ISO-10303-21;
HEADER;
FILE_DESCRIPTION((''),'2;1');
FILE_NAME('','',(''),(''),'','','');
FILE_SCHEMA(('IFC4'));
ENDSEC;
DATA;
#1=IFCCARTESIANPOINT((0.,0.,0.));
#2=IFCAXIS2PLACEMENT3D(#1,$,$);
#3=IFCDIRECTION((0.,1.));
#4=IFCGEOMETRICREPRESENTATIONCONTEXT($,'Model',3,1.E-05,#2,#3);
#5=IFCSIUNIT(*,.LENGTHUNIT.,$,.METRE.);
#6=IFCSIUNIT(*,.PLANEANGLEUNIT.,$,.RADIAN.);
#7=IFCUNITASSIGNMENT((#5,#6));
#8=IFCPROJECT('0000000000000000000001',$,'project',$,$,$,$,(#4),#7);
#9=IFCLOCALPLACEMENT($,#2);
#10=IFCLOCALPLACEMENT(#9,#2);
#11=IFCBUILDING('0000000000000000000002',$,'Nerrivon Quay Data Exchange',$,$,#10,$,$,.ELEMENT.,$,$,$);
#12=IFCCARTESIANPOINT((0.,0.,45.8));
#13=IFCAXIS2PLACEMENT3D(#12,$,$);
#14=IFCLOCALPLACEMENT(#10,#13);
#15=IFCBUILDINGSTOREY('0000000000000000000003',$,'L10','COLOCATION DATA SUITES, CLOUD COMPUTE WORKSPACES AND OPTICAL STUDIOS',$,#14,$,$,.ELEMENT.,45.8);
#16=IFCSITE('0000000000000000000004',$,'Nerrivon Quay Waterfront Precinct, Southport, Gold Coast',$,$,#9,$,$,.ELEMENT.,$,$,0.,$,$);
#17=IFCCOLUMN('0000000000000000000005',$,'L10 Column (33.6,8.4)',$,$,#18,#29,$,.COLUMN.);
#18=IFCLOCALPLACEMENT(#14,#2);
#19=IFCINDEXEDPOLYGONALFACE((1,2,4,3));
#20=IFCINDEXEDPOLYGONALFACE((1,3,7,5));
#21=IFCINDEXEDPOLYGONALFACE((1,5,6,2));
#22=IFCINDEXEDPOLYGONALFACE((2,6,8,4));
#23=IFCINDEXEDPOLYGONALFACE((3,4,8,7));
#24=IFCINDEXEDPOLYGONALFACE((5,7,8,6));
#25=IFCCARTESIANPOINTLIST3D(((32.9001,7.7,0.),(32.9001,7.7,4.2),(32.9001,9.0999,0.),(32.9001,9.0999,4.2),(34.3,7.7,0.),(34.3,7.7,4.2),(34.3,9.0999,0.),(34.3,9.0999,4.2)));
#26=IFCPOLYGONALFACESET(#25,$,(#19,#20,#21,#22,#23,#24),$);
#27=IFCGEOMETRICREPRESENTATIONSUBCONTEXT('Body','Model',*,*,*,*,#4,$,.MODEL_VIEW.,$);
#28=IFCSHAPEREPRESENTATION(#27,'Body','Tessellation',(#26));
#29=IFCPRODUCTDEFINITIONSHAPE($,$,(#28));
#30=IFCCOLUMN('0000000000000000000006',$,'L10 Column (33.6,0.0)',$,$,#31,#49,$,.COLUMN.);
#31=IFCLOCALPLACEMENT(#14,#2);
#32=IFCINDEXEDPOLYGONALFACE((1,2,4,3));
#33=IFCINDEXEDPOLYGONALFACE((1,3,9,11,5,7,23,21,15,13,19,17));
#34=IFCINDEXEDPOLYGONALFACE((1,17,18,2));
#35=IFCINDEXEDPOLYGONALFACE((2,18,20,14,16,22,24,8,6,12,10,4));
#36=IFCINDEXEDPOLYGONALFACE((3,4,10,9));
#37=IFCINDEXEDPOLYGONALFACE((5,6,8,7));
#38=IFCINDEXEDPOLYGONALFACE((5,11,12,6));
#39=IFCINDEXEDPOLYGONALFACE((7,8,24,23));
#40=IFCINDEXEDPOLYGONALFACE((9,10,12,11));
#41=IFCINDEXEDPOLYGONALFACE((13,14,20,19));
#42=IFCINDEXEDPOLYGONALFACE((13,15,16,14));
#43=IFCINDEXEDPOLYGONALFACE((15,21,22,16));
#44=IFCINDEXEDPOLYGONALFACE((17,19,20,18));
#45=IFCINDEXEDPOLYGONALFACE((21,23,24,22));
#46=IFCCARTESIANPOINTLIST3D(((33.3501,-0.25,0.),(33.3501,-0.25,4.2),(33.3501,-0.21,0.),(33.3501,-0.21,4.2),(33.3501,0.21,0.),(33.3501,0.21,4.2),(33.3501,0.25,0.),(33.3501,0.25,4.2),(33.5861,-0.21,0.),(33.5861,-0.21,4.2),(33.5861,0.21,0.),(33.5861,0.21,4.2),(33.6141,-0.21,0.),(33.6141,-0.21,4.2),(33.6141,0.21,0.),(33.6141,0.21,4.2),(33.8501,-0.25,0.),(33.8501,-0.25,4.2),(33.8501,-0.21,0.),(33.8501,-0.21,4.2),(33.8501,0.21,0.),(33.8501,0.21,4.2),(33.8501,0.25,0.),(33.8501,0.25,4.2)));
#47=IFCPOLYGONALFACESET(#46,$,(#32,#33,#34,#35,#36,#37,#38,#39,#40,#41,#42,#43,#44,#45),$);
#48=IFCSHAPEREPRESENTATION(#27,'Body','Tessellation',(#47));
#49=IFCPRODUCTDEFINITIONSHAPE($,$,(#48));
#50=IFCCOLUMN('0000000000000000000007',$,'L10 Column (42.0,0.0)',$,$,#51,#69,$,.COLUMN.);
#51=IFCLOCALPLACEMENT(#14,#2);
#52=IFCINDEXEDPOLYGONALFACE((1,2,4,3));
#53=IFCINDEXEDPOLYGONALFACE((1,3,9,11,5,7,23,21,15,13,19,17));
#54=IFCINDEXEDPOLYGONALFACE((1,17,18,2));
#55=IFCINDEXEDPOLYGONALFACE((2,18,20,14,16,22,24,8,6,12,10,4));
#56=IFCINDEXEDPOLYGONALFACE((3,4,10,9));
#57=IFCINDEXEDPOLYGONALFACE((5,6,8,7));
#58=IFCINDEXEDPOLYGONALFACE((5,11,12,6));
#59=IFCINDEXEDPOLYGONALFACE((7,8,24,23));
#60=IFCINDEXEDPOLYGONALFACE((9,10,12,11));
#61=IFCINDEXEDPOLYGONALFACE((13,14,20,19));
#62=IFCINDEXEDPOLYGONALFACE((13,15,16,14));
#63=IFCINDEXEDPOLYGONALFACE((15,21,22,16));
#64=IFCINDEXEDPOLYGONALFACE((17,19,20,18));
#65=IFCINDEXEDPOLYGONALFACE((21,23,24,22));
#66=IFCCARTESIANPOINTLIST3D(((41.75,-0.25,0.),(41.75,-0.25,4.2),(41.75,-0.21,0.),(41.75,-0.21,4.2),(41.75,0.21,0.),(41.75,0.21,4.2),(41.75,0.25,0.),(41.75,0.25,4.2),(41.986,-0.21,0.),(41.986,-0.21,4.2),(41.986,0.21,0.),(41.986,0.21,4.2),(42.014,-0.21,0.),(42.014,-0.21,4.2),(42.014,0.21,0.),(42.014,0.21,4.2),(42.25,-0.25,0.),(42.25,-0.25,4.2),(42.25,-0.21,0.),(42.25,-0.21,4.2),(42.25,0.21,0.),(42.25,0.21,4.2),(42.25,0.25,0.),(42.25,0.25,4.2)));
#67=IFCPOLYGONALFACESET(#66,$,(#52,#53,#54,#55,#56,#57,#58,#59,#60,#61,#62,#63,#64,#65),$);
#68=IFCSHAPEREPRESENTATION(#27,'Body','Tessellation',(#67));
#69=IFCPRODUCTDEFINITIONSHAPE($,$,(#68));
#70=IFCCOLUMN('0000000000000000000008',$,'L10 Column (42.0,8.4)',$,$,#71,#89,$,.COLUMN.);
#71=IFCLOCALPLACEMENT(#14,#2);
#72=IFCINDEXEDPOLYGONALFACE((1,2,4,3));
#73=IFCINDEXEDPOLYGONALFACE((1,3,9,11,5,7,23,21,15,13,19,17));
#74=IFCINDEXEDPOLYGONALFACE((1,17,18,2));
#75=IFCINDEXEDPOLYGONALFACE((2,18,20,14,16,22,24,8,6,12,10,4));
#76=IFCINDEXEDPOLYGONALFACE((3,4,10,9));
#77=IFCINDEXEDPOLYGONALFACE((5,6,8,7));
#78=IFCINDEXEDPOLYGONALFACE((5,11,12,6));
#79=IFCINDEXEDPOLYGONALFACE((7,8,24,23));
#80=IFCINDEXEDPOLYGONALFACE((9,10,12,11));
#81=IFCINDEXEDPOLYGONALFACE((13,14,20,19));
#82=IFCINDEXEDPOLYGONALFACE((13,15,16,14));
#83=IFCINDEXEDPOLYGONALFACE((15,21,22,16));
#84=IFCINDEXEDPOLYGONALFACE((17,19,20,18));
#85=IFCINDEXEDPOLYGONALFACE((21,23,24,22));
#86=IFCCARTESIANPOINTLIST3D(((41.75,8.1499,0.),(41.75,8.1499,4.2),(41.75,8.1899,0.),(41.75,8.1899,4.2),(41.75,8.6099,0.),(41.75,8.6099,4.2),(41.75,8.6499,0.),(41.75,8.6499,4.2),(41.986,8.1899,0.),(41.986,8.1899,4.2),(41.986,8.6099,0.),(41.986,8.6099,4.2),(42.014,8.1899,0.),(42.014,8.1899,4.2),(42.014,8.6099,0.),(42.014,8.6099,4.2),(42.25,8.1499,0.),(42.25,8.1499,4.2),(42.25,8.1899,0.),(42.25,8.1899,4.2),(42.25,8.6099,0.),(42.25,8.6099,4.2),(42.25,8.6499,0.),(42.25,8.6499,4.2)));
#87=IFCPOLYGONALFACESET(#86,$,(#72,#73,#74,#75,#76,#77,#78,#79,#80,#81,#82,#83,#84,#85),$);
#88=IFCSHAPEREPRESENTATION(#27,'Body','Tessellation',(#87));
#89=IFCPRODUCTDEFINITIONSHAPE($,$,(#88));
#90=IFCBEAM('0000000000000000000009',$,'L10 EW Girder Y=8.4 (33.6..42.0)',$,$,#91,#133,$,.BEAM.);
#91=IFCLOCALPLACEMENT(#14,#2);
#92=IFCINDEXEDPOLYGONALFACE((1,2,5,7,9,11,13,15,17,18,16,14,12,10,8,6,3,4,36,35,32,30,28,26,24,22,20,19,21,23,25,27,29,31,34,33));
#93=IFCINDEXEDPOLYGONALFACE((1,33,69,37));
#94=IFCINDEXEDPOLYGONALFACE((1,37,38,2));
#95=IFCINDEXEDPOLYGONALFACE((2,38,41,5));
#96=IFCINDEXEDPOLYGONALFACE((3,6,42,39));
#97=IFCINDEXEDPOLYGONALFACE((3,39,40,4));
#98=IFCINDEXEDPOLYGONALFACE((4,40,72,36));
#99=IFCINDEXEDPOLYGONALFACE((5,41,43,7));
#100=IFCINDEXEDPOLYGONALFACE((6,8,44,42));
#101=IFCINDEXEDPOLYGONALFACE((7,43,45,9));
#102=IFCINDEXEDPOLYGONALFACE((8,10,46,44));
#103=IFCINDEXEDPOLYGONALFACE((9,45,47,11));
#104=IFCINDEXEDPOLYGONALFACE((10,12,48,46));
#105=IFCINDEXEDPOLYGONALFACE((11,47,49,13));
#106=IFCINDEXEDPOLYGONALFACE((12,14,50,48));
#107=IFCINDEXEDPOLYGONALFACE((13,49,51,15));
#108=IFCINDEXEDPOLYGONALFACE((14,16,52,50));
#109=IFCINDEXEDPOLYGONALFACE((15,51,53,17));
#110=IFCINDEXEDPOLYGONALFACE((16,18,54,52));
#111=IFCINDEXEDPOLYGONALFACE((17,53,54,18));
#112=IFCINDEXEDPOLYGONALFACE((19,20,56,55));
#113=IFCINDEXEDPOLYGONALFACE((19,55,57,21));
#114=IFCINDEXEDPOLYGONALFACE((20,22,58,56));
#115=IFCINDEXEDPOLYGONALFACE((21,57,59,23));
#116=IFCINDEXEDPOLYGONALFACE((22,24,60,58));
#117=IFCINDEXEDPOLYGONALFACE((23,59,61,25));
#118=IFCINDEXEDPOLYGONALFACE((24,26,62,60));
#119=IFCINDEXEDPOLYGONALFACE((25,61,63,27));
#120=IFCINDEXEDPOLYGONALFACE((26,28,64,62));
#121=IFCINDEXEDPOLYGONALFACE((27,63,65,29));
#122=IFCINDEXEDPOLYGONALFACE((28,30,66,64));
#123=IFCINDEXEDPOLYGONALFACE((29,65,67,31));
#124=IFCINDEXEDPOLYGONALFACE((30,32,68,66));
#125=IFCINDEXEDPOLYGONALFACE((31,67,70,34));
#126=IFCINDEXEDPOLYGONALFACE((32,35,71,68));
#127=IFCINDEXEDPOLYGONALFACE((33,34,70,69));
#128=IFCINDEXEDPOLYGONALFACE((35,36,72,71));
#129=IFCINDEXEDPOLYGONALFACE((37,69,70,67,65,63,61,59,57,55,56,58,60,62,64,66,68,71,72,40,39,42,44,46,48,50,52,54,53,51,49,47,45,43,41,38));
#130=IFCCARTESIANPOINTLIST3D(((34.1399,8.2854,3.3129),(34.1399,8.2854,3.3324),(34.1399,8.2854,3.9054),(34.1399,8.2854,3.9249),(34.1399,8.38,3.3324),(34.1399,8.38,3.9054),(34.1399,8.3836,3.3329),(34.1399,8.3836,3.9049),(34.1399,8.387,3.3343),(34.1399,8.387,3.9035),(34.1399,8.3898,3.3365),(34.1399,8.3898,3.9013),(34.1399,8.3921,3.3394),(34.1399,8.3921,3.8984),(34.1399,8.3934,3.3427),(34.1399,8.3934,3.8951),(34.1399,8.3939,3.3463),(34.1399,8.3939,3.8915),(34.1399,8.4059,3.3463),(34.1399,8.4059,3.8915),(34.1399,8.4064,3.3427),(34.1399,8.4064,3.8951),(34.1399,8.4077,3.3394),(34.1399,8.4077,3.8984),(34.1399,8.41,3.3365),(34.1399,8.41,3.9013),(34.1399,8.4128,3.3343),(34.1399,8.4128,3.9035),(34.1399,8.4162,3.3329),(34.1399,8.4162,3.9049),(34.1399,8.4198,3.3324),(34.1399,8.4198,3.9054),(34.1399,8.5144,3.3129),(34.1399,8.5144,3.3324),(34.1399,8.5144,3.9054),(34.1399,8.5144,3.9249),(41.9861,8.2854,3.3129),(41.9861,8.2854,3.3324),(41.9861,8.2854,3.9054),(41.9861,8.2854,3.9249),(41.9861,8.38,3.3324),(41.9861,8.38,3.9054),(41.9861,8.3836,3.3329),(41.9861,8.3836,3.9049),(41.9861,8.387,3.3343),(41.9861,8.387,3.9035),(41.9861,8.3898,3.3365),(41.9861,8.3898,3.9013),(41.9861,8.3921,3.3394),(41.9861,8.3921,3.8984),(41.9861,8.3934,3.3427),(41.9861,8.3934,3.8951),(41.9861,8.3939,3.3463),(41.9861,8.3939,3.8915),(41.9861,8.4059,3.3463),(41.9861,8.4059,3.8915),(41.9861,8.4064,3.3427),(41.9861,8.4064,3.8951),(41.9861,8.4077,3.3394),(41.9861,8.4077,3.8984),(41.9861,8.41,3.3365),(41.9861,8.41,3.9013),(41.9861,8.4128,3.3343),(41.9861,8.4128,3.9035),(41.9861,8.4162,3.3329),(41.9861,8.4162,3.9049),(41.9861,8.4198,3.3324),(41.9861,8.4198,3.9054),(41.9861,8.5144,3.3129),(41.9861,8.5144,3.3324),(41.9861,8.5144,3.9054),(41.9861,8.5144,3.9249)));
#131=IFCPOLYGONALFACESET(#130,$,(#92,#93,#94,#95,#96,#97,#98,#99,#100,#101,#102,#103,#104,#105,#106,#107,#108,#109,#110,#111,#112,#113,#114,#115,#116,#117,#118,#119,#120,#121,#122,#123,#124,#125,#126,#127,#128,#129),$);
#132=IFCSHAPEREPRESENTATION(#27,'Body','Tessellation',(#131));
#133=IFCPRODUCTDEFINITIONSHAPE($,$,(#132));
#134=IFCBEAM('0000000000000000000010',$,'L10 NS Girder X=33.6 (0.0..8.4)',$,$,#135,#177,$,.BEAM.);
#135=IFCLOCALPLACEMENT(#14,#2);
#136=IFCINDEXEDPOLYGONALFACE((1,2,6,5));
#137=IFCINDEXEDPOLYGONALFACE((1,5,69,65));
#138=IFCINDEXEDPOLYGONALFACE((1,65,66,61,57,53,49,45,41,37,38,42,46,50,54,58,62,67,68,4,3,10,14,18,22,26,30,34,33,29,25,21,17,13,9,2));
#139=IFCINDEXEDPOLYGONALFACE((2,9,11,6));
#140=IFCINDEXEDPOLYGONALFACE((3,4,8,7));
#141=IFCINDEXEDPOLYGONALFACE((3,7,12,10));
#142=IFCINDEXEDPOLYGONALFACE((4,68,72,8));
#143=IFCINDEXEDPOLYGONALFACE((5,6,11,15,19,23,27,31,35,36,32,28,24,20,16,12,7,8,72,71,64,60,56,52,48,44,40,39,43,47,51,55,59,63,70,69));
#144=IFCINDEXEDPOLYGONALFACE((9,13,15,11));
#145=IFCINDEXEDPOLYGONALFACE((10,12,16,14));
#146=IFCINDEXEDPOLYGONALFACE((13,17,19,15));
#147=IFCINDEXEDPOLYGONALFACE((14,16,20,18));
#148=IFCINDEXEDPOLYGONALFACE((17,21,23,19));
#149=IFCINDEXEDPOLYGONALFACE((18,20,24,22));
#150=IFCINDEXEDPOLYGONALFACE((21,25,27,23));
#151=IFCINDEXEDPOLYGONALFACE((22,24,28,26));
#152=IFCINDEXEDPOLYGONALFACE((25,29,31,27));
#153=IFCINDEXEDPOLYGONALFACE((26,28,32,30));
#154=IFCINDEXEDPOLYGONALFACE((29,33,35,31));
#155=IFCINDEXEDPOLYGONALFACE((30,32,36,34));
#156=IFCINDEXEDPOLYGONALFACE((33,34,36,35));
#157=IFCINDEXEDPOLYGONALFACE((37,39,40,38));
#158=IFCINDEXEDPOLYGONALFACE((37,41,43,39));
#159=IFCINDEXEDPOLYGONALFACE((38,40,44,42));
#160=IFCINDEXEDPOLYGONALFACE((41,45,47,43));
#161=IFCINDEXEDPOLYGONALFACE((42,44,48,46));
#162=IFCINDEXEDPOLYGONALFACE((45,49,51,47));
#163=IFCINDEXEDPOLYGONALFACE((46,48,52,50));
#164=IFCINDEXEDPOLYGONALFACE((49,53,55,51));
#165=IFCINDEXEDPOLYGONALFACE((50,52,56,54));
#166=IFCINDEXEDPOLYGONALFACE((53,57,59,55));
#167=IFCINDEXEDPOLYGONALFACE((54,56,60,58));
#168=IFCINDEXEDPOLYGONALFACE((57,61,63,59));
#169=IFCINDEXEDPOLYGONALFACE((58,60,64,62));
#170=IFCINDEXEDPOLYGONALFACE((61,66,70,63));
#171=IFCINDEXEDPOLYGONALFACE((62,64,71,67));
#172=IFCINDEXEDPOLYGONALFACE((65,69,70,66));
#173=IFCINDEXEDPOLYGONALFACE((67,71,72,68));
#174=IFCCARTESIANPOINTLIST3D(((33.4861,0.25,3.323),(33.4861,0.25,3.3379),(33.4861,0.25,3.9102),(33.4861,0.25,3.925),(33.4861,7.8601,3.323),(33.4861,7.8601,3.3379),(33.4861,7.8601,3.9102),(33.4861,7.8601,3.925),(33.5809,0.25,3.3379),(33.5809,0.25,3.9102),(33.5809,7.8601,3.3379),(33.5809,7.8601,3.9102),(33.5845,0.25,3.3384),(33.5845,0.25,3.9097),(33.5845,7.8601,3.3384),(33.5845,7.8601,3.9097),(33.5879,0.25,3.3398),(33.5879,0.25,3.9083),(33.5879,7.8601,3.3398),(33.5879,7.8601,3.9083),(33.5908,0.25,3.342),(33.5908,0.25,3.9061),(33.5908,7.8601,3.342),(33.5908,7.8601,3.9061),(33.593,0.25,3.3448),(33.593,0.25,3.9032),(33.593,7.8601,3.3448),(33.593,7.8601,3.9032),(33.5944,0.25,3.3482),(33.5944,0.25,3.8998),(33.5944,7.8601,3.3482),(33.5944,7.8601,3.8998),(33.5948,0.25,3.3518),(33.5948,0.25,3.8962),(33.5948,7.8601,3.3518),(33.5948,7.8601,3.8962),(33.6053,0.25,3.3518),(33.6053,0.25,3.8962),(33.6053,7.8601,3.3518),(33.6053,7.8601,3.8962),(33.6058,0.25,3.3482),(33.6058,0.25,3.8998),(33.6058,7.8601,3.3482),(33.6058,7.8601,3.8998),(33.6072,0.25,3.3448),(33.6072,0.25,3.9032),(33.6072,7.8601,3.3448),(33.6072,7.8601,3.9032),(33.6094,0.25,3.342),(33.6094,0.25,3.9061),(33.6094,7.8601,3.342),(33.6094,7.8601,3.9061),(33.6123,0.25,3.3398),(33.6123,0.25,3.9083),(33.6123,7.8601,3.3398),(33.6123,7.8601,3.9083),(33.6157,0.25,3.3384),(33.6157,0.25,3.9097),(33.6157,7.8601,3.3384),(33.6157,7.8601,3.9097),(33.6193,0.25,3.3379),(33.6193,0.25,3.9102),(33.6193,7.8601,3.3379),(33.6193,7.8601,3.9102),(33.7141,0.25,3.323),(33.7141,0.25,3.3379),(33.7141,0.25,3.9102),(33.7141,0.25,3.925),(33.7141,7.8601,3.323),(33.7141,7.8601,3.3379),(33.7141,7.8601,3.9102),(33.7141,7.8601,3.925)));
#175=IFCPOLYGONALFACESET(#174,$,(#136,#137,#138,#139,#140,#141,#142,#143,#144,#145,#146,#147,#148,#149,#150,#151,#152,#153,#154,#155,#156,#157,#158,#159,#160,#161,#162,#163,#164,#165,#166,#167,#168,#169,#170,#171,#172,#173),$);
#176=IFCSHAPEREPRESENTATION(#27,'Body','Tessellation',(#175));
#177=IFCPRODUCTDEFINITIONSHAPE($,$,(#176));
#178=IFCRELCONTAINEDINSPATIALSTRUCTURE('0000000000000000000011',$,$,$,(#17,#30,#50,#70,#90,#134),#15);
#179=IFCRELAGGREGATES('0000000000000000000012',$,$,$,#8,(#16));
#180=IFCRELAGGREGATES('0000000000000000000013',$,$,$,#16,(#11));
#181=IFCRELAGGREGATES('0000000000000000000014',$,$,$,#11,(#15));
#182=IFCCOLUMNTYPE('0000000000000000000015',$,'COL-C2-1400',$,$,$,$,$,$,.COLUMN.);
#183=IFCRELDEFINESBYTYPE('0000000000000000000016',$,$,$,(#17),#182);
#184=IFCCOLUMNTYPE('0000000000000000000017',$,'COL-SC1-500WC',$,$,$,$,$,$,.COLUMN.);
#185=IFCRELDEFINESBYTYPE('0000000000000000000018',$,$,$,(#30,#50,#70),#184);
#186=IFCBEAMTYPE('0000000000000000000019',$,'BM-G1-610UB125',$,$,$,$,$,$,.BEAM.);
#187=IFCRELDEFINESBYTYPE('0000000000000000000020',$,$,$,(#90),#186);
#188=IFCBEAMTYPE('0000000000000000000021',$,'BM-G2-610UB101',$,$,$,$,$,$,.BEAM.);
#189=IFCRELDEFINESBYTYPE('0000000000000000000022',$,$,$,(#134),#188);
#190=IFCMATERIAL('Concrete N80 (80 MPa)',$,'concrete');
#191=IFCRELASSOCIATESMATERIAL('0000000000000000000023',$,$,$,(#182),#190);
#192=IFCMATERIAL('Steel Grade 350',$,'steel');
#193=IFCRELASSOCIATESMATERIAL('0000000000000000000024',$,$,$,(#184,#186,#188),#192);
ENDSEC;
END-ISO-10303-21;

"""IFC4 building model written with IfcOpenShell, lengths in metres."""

from ifc_helpers import new_model, si_unit, direction, frame, origin, origin_2d, place, context, subcontext, project, spatial, rectangle, i_section, extrude, material, material_profile, profile_set, type_object, element, save


model = new_model("IFC4")

# Units and contexts
model_context = context("Model", 3, precision=1e-05, world=origin(), true_north=direction((0.0, 1.0)))
body_context = subcontext(model_context, "Body", "Model", "MODEL_VIEW")
ifc_project = project(units=[si_unit("LENGTHUNIT", "METRE"), si_unit("PLANEANGLEUNIT", "RADIAN")], contexts=[model_context])

# Site, building, storey
site_placement = place(None, origin())
site = spatial("IfcSite", under=ifc_project, at=site_placement, Name="Nerrivon Quay Waterfront Precinct, Southport, Gold Coast", CompositionType="ELEMENT", RefElevation=0.0)
building_placement = place(site_placement, origin())
building = spatial("IfcBuilding", under=site, at=building_placement, Name="Nerrivon Quay Data Exchange", CompositionType="ELEMENT")
storey_placement = place(building_placement, frame((0.0, 0.0, 45.8)))
storey = spatial("IfcBuildingStorey", under=building, at=storey_placement, Name="L10", Description="COLOCATION DATA SUITES, CLOUD COMPUTE WORKSPACES AND OPTICAL STUDIOS", CompositionType="ELEMENT", Elevation=45.8)

# Columns
ifc_material_1 = material(Name="Concrete N80 (80 MPa)", Category="concrete")
ifc_material_profile_1 = material_profile(ifc_material_1, rectangle(XDim=1.3999, YDim=1.3999, at=origin_2d()), Name="RC-COL-1400x1400")
ifc_profile_set_1 = profile_set([ifc_material_profile_1], Name="Concrete N80 (80 MPa)")
column_type_1 = type_object("IfcColumnType", Name="COL-C2-1400", PredefinedType="COLUMN", material=ifc_profile_set_1)
column_placement = place(storey_placement, frame((33.6001, 8.3999, 0.0), z_axis=(0.0, 0.0, 1.0), x_axis=(1.0, 0.0, 0.0)))
element("IfcColumn", 1, at=column_placement, inside=storey, type_object=column_type_1, Name="L10 Column (33.6,8.4)", PredefinedType="COLUMN", context=body_context, shape_type="SweptSolid", body=[
    extrude(rectangle(XDim=1.3999, YDim=1.3999, at=origin_2d()), origin(), (0.0, 0.0, 1.0), 4.2),
])
ifc_material_2 = material(Name="Steel Grade 350", Category="steel")
ifc_material_profile_2 = material_profile(ifc_material_2, i_section(OverallWidth=0.5, OverallDepth=0.5, WebThickness=0.0281, FlangeThickness=0.04, at=origin_2d()), Name="500WC440")
ifc_profile_set_2 = profile_set([ifc_material_profile_2], Name="Steel Grade 350")
column_type_2 = type_object("IfcColumnType", Name="COL-SC1-500WC", PredefinedType="COLUMN", material=ifc_profile_set_2)
for number, where, z_axis, x_axis, name in (
    (2, (33.6001, 0.0, 0.0), (0.0, 0.0, 1.0), (1.0, 0.0, 0.0), "L10 Column (33.6,0.0)"),
    (3, (42.0, 0.0, 0.0), (0.0, 0.0, 1.0), (1.0, 0.0, 0.0), "L10 Column (42.0,0.0)"),
    (4, (42.0, 8.3999, 0.0), (0.0, 0.0, 1.0), (1.0, 0.0, 0.0), "L10 Column (42.0,8.4)"),
):
    element("IfcColumn", number, at=place(storey_placement, frame(where, z_axis=z_axis, x_axis=x_axis)), inside=storey, type_object=column_type_2, Name=name, PredefinedType="COLUMN", context=body_context, shape_type="SweptSolid", body=[
        extrude(i_section(OverallWidth=0.5, OverallDepth=0.5, WebThickness=0.0281, FlangeThickness=0.04, at=origin_2d()), origin(), (0.0, 0.0, 1.0), 4.2),
    ])

# Beams
ifc_material_profile_3 = material_profile(ifc_material_2, i_section(OverallWidth=0.229, OverallDepth=0.6121, WebThickness=0.012, FlangeThickness=0.0195, FilletRadius=0.0139, at=origin_2d()), Name="610UB125")
ifc_profile_set_3 = profile_set([ifc_material_profile_3], Name="Steel Grade 350")
beam_type_1 = type_object("IfcBeamType", Name="BM-G1-610UB125", PredefinedType="BEAM", material=ifc_profile_set_3)
beam_1_placement = place(storey_placement, frame((34.1399, 8.3999, 3.6189), z_axis=(1.0, 0.0, 0.0), x_axis=(0.0, 1.0, 0.0)))
element("IfcBeam", 5, at=beam_1_placement, inside=storey, type_object=beam_type_1, Name="L10 EW Girder Y=8.4 (33.6..42.0)", PredefinedType="BEAM", context=body_context, shape_type="SweptSolid", body=[
    extrude(i_section(OverallWidth=0.229, OverallDepth=0.6121, WebThickness=0.012, FlangeThickness=0.0195, FilletRadius=0.0139, at=origin_2d()), origin(), (0.0, 0.0, 1.0), 7.8462),
])
ifc_material_profile_4 = material_profile(ifc_material_2, i_section(OverallWidth=0.228, OverallDepth=0.6021, WebThickness=0.0105, FlangeThickness=0.0149, FilletRadius=0.0139, at=origin_2d()), Name="610UB101")
ifc_profile_set_4 = profile_set([ifc_material_profile_4], Name="Steel Grade 350")
beam_type_2 = type_object("IfcBeamType", Name="BM-G2-610UB101", PredefinedType="BEAM", material=ifc_profile_set_4)
beam_2_placement = place(storey_placement, frame((33.6001, 0.25, 3.624), z_axis=(0.0, 1.0, 0.0), x_axis=(-1.0, 0.0, 0.0)))
element("IfcBeam", 6, at=beam_2_placement, inside=storey, type_object=beam_type_2, Name="L10 NS Girder X=33.6 (0.0..8.4)", PredefinedType="BEAM", context=body_context, shape_type="SweptSolid", body=[
    extrude(i_section(OverallWidth=0.228, OverallDepth=0.6021, WebThickness=0.0105, FlangeThickness=0.0149, FilletRadius=0.0139, at=origin_2d()), origin(), (0.0, 0.0, 1.0), 7.6101),
])

save(model, "model.ifc")
